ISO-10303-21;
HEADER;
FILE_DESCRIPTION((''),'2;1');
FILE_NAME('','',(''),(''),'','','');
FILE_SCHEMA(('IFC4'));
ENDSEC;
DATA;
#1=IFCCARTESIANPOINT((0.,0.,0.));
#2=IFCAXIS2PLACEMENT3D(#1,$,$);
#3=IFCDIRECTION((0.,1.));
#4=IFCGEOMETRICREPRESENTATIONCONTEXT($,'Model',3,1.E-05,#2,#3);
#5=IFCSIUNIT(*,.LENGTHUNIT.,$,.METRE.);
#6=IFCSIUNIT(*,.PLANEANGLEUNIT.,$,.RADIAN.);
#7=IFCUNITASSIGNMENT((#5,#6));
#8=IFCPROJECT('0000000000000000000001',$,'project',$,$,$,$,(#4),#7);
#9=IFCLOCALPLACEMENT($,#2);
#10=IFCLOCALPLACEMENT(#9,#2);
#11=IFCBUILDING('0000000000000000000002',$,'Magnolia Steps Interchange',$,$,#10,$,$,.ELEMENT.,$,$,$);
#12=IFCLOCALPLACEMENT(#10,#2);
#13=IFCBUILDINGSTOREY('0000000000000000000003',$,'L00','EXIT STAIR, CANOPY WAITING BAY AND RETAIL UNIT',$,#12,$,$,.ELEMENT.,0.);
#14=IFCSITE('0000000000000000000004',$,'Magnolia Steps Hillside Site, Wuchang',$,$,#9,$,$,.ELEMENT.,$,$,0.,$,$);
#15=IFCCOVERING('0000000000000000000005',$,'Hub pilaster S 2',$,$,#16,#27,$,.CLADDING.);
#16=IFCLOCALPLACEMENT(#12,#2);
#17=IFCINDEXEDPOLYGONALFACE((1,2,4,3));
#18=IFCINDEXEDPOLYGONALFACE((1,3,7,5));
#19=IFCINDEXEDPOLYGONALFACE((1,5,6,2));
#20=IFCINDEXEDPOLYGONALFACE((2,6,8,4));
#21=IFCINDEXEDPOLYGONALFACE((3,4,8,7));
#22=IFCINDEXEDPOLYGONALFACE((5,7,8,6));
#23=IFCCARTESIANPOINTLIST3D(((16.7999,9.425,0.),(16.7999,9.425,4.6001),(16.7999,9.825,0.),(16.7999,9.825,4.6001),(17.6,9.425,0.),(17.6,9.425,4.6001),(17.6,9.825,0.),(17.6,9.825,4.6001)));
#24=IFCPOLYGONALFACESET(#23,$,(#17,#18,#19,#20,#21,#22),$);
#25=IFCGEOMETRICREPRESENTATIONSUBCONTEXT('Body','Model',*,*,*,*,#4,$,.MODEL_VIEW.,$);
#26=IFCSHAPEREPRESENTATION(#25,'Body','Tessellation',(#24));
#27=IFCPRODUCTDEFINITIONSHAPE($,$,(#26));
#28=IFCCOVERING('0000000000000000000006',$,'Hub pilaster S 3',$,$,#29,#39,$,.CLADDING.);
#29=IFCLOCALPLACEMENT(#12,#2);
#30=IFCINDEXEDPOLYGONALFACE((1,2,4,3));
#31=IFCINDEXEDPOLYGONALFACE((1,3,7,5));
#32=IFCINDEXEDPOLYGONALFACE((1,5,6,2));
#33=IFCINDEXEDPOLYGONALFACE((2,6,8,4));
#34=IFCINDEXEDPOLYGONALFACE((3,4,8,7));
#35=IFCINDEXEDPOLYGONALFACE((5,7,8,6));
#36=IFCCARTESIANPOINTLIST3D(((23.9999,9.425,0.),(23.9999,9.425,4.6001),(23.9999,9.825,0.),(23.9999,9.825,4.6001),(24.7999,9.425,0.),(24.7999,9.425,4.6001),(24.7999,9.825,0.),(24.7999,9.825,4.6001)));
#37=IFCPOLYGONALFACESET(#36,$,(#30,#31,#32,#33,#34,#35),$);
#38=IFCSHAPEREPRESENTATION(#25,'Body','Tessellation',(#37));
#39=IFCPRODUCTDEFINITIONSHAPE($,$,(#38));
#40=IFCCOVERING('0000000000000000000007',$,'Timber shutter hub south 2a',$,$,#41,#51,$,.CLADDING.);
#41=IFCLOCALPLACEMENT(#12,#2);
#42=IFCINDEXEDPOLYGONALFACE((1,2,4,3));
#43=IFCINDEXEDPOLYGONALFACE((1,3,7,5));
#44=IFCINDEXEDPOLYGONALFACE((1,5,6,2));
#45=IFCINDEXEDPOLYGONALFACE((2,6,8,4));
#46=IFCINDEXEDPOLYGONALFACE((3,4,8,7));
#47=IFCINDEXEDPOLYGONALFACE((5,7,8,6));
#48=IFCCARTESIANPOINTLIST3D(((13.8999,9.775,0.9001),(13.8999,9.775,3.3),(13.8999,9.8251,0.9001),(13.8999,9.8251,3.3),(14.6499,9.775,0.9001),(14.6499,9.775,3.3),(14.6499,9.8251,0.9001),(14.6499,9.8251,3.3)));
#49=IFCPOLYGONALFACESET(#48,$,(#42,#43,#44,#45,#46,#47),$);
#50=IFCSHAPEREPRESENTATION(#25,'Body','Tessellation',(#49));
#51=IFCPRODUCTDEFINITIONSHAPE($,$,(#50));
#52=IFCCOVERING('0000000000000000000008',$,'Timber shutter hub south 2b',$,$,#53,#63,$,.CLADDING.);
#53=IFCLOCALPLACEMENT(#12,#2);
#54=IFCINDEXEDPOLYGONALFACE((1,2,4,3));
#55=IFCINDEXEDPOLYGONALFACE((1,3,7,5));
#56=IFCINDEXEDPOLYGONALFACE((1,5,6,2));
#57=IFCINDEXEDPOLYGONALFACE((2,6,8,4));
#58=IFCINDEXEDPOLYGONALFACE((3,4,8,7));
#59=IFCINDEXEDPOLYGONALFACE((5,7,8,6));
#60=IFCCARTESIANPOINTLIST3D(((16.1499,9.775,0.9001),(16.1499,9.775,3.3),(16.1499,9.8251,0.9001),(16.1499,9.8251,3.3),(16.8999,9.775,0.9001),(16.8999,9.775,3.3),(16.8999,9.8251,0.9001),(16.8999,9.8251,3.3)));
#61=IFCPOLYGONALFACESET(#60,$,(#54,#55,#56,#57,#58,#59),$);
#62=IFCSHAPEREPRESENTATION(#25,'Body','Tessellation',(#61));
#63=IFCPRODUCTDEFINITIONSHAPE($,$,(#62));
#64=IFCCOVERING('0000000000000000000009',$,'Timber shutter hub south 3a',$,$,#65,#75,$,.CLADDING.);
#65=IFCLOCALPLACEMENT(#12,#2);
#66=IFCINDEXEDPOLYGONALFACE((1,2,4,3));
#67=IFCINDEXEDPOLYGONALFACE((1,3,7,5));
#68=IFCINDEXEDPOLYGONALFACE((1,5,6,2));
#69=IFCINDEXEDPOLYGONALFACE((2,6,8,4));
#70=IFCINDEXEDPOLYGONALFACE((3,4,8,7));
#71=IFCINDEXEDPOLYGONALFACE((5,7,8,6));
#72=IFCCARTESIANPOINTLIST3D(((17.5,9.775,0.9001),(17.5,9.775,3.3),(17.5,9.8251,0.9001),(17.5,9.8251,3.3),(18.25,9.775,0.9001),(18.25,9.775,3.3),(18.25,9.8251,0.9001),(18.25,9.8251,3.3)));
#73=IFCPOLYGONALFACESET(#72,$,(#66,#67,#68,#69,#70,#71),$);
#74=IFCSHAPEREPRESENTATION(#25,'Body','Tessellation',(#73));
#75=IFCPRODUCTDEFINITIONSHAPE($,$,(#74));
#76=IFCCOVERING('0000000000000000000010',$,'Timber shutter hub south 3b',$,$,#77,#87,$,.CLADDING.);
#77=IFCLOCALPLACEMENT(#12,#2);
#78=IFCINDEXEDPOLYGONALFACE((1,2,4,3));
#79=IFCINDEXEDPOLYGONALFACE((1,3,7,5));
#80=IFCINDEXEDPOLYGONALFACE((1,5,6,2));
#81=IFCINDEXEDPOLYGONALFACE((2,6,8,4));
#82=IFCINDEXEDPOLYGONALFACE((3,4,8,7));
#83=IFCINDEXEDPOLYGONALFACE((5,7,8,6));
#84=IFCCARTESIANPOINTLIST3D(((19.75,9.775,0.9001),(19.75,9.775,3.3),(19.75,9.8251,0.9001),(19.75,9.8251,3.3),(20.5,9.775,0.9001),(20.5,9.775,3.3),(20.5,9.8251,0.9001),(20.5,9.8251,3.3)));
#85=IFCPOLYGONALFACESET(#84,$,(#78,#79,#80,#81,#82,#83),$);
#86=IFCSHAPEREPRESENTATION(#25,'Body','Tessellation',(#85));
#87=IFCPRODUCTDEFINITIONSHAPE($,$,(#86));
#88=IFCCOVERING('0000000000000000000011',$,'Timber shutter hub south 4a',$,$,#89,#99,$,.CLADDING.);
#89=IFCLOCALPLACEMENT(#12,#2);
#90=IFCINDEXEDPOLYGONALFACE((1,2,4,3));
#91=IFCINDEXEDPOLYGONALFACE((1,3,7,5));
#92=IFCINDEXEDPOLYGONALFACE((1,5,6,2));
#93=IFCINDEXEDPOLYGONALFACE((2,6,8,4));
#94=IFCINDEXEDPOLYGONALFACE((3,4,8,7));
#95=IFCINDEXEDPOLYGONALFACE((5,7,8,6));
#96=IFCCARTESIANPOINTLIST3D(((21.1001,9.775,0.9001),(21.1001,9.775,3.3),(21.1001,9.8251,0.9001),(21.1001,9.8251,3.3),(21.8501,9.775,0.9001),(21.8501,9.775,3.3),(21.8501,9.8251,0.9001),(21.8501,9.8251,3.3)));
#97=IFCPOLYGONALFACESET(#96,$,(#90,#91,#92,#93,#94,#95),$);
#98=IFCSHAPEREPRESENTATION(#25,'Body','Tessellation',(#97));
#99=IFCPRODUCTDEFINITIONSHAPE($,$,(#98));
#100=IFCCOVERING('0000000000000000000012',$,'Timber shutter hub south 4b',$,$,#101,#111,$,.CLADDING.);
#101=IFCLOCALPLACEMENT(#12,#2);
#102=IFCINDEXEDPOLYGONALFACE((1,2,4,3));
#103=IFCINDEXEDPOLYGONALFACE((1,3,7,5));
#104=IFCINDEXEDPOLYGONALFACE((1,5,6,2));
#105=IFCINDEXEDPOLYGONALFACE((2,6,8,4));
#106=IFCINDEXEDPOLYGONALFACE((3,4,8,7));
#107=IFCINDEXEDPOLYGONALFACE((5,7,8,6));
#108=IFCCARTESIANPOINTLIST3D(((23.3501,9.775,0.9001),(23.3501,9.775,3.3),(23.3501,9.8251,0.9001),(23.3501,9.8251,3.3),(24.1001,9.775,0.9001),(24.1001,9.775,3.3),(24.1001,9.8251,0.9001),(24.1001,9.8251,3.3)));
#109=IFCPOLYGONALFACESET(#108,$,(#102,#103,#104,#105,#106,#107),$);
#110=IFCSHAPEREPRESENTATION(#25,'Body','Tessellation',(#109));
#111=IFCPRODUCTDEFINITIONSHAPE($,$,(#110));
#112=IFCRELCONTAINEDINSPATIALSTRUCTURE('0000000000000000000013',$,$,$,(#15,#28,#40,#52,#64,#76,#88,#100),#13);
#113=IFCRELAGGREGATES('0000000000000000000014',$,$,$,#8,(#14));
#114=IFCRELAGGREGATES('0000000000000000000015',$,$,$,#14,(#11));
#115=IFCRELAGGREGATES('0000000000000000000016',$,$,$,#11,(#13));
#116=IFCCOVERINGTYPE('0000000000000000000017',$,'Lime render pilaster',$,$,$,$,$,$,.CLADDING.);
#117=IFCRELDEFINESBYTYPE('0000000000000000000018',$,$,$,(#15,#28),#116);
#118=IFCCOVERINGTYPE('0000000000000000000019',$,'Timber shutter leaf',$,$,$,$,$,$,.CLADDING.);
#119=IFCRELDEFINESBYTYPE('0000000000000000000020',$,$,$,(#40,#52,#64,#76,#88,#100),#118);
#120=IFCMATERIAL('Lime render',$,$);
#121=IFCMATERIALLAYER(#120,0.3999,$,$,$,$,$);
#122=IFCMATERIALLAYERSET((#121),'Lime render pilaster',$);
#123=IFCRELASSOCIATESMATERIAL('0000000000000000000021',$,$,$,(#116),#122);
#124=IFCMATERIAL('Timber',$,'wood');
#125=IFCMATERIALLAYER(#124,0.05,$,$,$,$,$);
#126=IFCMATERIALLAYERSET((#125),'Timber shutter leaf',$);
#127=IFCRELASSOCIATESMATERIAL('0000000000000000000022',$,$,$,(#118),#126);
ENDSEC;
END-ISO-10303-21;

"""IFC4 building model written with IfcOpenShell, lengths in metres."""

from ifc_helpers import new_model, si_unit, direction, frame, origin, origin_2d, place, context, subcontext, project, spatial, rectangle, extrude, material, layer, layer_set, type_object, element, save


model = new_model("IFC4")

# Units and contexts
model_context = context("Model", 3, precision=1e-05, world=origin(), true_north=direction((0.0, 1.0)))
body_context = subcontext(model_context, "Body", "Model", "MODEL_VIEW")
ifc_project = project(units=[si_unit("LENGTHUNIT", "METRE"), si_unit("PLANEANGLEUNIT", "RADIAN")], contexts=[model_context])

# Site, building, storey
site_placement = place(None, origin())
site = spatial("IfcSite", under=ifc_project, at=site_placement, Name="Magnolia Steps Hillside Site, Wuchang", CompositionType="ELEMENT", RefElevation=0.0)
building_placement = place(site_placement, origin())
building = spatial("IfcBuilding", under=site, at=building_placement, Name="Magnolia Steps Interchange", CompositionType="ELEMENT")
storey_placement = place(building_placement, origin())
storey = spatial("IfcBuildingStorey", under=building, at=storey_placement, Name="L00", Description="EXIT STAIR, CANOPY WAITING BAY AND RETAIL UNIT", CompositionType="ELEMENT", Elevation=0.0)

# Coverings
ifc_material_1 = material(Name="Lime render")
ifc_layer_1 = layer(ifc_material_1, 0.3999)
ifc_layer_set_1 = layer_set([ifc_layer_1], Name="Lime render pilaster")
covering_type_1 = type_object("IfcCoveringType", Name="Lime render pilaster", PredefinedType="CLADDING", material=ifc_layer_set_1)
for number, where, z_axis, x_axis, name in (
    (1, (17.2, 9.625, 0.0), (0.0, 0.0, 1.0), (1.0, 0.0, 0.0), "Hub pilaster S 2"),
    (2, (24.3999, 9.625, 0.0), (0.0, 0.0, 1.0), (1.0, 0.0, 0.0), "Hub pilaster S 3"),
):
    element("IfcCovering", number, at=place(storey_placement, frame(where, z_axis=z_axis, x_axis=x_axis)), inside=storey, type_object=covering_type_1, Name=name, PredefinedType="CLADDING", context=body_context, shape_type="SweptSolid", body=[
        extrude(rectangle(XDim=0.8, YDim=0.3999, at=origin_2d()), origin(), (0.0, 0.0, 1.0), 4.6001),
    ])
ifc_material_2 = material(Name="Timber", Category="wood")
ifc_layer_2 = layer(ifc_material_2, 0.05)
ifc_layer_set_2 = layer_set([ifc_layer_2], Name="Timber shutter leaf")
covering_type_2 = type_object("IfcCoveringType", Name="Timber shutter leaf", PredefinedType="CLADDING", material=ifc_layer_set_2)
for number, where, z_axis, x_axis, name in (
    (3, (14.2749, 9.8, 0.9001), (0.0, 0.0, 1.0), (1.0, 0.0, 0.0), "Timber shutter hub south 2a"),
    (4, (16.5249, 9.8, 0.9001), (0.0, 0.0, 1.0), (1.0, 0.0, 0.0), "Timber shutter hub south 2b"),
    (5, (17.875, 9.8, 0.9001), (0.0, 0.0, 1.0), (1.0, 0.0, 0.0), "Timber shutter hub south 3a"),
    (6, (20.125, 9.8, 0.9001), (0.0, 0.0, 1.0), (1.0, 0.0, 0.0), "Timber shutter hub south 3b"),
    (7, (21.4751, 9.8, 0.9001), (0.0, 0.0, 1.0), (1.0, 0.0, 0.0), "Timber shutter hub south 4a"),
    (8, (23.7251, 9.8, 0.9001), (0.0, 0.0, 1.0), (1.0, 0.0, 0.0), "Timber shutter hub south 4b"),
):
    element("IfcCovering", number, at=place(storey_placement, frame(where, z_axis=z_axis, x_axis=x_axis)), inside=storey, type_object=covering_type_2, Name=name, PredefinedType="CLADDING", context=body_context, shape_type="SweptSolid", body=[
        extrude(rectangle(XDim=0.75, YDim=0.05, at=origin_2d()), origin(), (0.0, 0.0, 1.0), 2.3999),
    ])

save(model, "model.ifc")
